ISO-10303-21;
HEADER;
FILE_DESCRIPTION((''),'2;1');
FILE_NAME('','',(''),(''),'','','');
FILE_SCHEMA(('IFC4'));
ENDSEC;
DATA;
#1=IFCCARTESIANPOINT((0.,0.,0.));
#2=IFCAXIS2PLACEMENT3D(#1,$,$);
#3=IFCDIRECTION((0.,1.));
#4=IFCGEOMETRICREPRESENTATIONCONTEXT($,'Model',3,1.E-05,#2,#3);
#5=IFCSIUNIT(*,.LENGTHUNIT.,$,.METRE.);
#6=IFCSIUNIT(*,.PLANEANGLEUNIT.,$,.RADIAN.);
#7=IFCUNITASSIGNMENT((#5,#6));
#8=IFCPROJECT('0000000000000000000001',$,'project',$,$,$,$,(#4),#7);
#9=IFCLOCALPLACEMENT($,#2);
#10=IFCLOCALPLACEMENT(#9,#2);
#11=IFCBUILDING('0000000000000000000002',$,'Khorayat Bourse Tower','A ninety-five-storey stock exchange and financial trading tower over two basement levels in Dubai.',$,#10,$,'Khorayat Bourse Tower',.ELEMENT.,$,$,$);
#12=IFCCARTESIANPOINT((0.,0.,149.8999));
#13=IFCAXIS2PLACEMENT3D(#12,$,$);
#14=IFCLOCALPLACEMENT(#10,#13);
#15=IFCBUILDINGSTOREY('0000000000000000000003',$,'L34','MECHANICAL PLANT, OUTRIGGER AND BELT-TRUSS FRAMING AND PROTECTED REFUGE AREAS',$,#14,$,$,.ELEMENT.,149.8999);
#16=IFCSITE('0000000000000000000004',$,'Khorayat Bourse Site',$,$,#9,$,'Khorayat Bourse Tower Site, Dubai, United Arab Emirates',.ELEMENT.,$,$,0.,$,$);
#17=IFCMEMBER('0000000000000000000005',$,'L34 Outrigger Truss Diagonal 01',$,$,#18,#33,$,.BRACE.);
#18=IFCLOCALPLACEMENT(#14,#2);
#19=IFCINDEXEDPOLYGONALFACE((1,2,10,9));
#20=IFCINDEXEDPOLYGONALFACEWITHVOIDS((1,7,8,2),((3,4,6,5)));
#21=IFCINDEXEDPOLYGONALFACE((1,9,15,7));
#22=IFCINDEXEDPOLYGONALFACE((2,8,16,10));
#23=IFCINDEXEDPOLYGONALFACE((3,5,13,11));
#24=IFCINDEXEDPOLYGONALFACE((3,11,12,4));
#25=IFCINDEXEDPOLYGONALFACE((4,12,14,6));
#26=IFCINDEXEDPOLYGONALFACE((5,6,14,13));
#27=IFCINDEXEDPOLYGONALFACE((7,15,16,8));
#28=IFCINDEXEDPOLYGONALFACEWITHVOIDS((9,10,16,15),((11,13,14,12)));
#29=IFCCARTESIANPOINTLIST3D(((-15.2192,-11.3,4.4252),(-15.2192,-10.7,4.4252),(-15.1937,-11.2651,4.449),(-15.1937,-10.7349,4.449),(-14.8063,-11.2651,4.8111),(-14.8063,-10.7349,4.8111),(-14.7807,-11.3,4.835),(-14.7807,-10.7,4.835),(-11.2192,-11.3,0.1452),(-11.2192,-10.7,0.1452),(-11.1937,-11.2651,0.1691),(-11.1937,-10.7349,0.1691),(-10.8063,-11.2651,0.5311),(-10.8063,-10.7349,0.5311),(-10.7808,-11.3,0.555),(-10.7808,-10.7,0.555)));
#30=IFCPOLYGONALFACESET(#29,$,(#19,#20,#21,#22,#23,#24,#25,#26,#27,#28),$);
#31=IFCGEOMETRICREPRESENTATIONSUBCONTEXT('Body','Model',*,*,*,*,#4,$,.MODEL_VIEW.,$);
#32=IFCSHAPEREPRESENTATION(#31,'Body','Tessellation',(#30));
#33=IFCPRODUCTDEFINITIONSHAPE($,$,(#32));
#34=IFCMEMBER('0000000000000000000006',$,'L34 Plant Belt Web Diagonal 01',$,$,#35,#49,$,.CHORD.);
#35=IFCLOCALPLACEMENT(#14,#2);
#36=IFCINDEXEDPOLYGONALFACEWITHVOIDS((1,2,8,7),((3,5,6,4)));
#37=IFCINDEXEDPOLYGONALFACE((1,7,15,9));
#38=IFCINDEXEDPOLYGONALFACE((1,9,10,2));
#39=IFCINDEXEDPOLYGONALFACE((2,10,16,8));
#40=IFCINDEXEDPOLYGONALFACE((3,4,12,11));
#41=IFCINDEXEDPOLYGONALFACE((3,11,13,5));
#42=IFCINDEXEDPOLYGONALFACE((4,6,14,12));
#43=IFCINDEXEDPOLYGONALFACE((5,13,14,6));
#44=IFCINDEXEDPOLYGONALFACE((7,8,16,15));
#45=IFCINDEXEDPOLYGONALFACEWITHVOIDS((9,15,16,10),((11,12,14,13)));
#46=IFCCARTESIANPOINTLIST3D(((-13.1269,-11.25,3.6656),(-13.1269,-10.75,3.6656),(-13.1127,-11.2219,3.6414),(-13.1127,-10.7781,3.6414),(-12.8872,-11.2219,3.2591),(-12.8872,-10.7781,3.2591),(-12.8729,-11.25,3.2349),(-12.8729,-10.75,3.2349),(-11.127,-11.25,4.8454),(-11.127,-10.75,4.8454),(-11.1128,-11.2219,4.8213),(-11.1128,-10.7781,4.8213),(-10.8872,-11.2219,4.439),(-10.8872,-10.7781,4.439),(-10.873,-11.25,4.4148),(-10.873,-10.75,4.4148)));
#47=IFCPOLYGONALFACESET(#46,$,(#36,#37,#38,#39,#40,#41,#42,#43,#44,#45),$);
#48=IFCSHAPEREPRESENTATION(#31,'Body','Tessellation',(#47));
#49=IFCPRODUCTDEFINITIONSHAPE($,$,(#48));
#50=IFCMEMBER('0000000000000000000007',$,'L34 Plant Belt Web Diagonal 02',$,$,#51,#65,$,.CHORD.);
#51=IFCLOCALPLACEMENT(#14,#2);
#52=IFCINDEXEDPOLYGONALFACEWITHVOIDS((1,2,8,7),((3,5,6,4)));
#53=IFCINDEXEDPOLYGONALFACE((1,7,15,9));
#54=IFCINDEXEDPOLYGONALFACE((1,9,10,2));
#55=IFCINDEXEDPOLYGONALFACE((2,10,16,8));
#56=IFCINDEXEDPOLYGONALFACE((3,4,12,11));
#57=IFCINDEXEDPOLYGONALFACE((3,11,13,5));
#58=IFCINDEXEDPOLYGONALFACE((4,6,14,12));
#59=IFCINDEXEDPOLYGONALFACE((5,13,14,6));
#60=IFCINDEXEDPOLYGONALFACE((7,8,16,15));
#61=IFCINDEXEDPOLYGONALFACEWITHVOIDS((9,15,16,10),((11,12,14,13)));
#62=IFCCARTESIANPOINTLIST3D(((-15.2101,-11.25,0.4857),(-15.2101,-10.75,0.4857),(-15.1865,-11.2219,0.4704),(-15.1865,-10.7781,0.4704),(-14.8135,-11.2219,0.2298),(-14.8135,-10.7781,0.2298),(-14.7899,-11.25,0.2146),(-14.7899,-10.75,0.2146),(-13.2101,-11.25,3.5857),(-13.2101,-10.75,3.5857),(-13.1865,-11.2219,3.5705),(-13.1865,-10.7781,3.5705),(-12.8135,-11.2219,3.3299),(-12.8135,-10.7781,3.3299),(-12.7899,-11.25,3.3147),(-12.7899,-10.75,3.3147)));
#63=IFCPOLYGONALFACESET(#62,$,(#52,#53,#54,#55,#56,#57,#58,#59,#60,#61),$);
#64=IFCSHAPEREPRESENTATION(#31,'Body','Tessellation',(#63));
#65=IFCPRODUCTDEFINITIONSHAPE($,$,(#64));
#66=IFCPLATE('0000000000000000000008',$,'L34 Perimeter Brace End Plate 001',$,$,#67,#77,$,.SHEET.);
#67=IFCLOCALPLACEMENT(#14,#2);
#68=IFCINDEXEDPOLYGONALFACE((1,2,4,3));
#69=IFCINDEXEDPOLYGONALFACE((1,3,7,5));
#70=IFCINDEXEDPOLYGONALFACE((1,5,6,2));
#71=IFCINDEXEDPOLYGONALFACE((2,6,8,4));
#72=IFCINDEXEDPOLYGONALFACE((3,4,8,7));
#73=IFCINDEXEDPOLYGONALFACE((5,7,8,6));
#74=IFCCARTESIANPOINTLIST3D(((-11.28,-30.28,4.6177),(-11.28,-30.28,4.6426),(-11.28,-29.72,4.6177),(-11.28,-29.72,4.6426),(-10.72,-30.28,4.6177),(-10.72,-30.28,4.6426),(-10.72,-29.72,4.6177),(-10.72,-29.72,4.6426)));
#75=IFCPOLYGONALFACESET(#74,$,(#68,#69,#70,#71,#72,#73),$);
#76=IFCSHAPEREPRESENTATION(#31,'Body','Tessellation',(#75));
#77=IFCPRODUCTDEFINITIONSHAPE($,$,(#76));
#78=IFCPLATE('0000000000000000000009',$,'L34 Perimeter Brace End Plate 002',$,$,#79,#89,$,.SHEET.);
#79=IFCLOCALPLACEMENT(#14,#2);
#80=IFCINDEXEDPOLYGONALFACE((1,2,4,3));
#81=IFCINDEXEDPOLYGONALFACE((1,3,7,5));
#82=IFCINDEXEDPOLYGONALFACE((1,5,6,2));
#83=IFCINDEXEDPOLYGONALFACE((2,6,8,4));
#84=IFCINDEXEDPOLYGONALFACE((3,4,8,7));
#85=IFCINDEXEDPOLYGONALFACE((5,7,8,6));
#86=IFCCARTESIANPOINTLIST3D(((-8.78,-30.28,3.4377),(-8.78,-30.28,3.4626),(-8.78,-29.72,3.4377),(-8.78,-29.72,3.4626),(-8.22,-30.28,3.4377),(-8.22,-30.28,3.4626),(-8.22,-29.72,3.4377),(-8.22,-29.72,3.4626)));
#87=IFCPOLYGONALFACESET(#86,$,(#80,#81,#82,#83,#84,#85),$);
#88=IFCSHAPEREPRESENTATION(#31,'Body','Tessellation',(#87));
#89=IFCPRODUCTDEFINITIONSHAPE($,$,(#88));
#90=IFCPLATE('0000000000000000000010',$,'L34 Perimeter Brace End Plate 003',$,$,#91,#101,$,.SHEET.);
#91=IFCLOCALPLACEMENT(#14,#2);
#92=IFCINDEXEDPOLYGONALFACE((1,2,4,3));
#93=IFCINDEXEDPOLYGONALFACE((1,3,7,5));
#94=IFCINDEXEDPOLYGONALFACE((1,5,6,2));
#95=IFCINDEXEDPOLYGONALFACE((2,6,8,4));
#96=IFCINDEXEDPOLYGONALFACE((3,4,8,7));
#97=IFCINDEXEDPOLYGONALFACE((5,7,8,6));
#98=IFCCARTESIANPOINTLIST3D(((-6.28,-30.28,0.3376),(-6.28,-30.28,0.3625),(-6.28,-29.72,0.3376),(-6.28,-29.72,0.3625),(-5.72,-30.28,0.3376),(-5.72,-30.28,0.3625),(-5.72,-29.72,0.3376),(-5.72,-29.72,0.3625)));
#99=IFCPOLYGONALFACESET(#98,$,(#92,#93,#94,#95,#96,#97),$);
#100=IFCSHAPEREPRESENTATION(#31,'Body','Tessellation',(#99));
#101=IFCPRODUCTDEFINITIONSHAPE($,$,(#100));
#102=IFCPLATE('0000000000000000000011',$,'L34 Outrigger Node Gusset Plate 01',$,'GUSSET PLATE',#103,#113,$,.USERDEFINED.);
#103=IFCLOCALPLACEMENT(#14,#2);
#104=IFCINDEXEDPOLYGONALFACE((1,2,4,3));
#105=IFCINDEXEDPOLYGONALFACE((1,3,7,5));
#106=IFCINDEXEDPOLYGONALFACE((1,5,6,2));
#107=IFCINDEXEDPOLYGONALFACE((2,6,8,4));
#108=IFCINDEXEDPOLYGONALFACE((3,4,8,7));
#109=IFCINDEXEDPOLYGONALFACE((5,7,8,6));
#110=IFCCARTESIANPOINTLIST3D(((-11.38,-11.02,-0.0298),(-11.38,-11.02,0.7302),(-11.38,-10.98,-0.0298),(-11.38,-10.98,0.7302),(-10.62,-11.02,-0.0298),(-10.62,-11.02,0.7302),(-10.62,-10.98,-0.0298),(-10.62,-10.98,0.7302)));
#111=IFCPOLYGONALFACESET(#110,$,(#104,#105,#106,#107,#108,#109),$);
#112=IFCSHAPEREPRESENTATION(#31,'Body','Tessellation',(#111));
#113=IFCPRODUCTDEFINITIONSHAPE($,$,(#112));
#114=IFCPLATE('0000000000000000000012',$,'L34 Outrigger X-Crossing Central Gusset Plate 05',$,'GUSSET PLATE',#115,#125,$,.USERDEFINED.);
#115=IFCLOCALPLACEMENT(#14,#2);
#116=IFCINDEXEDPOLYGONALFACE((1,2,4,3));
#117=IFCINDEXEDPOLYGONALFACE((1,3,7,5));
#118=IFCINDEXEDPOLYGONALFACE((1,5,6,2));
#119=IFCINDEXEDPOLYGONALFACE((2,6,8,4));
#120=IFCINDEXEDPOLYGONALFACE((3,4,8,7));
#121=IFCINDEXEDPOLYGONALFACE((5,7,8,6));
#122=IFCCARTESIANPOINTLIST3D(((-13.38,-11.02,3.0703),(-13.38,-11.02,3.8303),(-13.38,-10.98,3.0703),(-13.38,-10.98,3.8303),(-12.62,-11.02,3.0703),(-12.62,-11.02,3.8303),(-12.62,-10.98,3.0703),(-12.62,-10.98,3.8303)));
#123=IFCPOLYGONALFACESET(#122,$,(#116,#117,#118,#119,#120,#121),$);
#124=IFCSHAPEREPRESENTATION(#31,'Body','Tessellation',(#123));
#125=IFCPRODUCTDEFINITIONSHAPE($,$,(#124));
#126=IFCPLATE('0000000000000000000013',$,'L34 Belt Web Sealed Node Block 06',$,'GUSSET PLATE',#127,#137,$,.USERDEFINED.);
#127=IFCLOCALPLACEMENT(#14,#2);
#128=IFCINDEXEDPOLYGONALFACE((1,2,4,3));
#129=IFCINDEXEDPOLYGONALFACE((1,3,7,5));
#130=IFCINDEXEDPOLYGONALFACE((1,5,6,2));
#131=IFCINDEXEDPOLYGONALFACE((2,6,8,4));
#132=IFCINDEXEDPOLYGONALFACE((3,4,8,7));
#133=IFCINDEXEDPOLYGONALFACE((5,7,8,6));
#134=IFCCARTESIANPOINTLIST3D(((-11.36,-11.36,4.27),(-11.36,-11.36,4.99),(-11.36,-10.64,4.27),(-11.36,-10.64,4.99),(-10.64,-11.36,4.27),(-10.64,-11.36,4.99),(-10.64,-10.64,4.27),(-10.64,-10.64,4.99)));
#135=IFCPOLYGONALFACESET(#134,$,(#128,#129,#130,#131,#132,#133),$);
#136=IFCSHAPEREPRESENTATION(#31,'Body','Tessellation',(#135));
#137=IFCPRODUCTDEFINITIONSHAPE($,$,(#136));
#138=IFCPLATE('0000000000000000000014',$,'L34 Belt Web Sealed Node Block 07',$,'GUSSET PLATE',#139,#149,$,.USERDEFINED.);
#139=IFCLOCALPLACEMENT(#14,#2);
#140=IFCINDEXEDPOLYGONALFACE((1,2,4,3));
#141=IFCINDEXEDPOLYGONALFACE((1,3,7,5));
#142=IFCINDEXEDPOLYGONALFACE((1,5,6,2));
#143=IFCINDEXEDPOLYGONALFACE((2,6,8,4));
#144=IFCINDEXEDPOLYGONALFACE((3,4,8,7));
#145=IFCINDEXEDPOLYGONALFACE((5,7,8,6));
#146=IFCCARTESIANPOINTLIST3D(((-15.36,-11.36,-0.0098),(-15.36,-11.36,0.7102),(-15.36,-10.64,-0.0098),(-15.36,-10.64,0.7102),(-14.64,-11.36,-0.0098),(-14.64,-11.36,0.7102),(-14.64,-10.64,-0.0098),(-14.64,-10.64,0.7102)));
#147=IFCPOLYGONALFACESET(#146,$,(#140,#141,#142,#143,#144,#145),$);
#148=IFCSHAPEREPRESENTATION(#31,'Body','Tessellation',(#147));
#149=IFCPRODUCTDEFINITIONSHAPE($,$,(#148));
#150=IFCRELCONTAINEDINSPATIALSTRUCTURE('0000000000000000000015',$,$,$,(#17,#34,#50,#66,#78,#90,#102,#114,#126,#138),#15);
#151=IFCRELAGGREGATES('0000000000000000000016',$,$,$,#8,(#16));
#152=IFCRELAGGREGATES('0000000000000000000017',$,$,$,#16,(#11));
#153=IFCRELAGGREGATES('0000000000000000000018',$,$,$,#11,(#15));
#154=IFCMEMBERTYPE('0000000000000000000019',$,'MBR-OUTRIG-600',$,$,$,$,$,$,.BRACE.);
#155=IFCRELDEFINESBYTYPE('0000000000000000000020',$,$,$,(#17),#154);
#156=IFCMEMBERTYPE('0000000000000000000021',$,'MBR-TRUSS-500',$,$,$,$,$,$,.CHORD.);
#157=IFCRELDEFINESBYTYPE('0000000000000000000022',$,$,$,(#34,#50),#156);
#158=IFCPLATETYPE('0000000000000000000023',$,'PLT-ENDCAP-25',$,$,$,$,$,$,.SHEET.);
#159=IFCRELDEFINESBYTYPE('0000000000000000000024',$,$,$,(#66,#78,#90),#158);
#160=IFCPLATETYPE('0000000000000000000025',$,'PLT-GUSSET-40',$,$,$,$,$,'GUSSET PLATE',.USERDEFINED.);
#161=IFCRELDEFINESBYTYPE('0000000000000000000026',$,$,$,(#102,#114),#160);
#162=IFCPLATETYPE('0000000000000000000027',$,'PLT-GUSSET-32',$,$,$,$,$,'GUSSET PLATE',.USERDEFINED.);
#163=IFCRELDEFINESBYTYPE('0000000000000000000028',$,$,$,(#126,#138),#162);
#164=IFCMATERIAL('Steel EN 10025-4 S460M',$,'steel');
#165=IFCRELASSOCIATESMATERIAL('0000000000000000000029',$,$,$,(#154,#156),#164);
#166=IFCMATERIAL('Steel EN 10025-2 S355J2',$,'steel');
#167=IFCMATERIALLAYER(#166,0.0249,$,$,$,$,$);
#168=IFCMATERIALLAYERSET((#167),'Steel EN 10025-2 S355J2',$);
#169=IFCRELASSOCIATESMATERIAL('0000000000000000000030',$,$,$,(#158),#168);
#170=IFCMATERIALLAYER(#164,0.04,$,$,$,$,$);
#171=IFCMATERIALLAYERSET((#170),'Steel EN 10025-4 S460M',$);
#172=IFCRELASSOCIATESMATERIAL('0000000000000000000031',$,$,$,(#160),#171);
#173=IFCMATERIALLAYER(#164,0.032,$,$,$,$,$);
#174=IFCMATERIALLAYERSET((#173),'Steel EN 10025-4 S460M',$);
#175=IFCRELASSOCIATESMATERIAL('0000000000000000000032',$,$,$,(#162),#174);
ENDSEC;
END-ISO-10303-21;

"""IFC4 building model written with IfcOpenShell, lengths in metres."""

from ifc_helpers import new_model, si_unit, direction, frame, origin, origin_2d, place, context, subcontext, project, spatial, rectangle, hollow_rectangle, extrude, source, transform, mapped, material, layer, layer_set, material_profile, profile_set, type_object, element, save


model = new_model("IFC4")

# Units and contexts
model_context = context("Model", 3, precision=1e-05, world=origin(), true_north=direction((0.0, 1.0)))
body_context = subcontext(model_context, "Body", "Model", "MODEL_VIEW")
ifc_project = project(units=[si_unit("LENGTHUNIT", "METRE"), si_unit("PLANEANGLEUNIT", "RADIAN")], contexts=[model_context])

# Site, building, storey
site_placement = place(None, origin())
site = spatial("IfcSite", under=ifc_project, at=site_placement, Name="Khorayat Bourse Site", LongName="Khorayat Bourse Tower Site, Dubai, United Arab Emirates", CompositionType="ELEMENT", RefElevation=0.0)
building_placement = place(site_placement, origin())
building = spatial("IfcBuilding", under=site, at=building_placement, Name="Khorayat Bourse Tower", Description="A ninety-five-storey stock exchange and financial trading tower over two basement levels in Dubai.", LongName="Khorayat Bourse Tower", CompositionType="ELEMENT")
storey_placement = place(building_placement, frame((0.0, 0.0, 149.8999)))
storey = spatial("IfcBuildingStorey", under=building, at=storey_placement, Name="L34", Description="MECHANICAL PLANT, OUTRIGGER AND BELT-TRUSS FRAMING AND PROTECTED REFUGE AREAS", CompositionType="ELEMENT", Elevation=149.8999)

# Shared definitions
ifc_material_1 = material(Name="Steel EN 10025-4 S460M", Category="steel")

# Members
ifc_material_profile_1 = material_profile(ifc_material_1, hollow_rectangle(XDim=0.6001, YDim=0.6001, WallThickness=0.0349, at=origin_2d()), Name="BOX 600x600x35")
ifc_profile_set_1 = profile_set([ifc_material_profile_1], Name="Steel EN 10025-4 S460M")
member_type_1 = type_object("IfcMemberType", Name="MBR-OUTRIG-600", PredefinedType="BRACE", material=ifc_profile_set_1)
shared_shape_1 = source(origin(), body_context, "Body", "SweptSolid", [
    extrude(hollow_rectangle(XDim=0.6001, YDim=0.6001, WallThickness=0.0349, at=origin_2d()), origin(), (0.0, 0.0, 1.0), 5.8582),
])
member_1_placement = place(storey_placement, frame((-11.0, -11.0, 0.3501), z_axis=(-0.682802, 0.0, 0.730603), x_axis=(0.0, -1.0, 0.0)))
element("IfcMember", 1, at=member_1_placement, inside=storey, type_object=member_type_1, Name="L34 Outrigger Truss Diagonal 01", PredefinedType="BRACE", context=body_context, shape_type="MappedRepresentation", body=[
    mapped(shared_shape_1, transform((0.0, 0.0, 0.0), scale=1.0)),
])
ifc_material_profile_2 = material_profile(ifc_material_1, hollow_rectangle(XDim=0.5, YDim=0.5, WallThickness=0.0281, at=origin_2d()), Name="HSS 500x500x28")
ifc_profile_set_2 = profile_set([ifc_material_profile_2], Name="Steel EN 10025-4 S460M")
member_type_2 = type_object("IfcMemberType", Name="MBR-TRUSS-500", PredefinedType="CHORD", material=ifc_profile_set_2)
shared_shape_2 = source(origin(), body_context, "Body", "SweptSolid", [
    extrude(hollow_rectangle(XDim=0.5, YDim=0.5, WallThickness=0.0281, at=origin_2d()), origin(), (0.0, 0.0, 1.0), 2.322),
])
member_2_placement = place(storey_placement, frame((-11.0, -11.0, 4.6301), z_axis=(-0.861282, 0.0, -0.508127), x_axis=(0.0, -1.0, 0.0)))
element("IfcMember", 2, at=member_2_placement, inside=storey, type_object=member_type_2, Name="L34 Plant Belt Web Diagonal 01", PredefinedType="CHORD", context=body_context, shape_type="MappedRepresentation", body=[
    mapped(shared_shape_2, transform((0.0, 0.0, 0.0), scale=1.0)),
])
shared_shape_3 = source(origin(), body_context, "Body", "SweptSolid", [
    extrude(hollow_rectangle(XDim=0.5, YDim=0.5, WallThickness=0.0281, at=origin_2d()), origin(), (0.0, 0.0, 1.0), 3.6892),
])
member_3_placement = place(storey_placement, frame((-13.0, -11.0, 3.4502), z_axis=(-0.542115, 0.0, -0.840304), x_axis=(0.0, -1.0, 0.0)))
element("IfcMember", 3, at=member_3_placement, inside=storey, type_object=member_type_2, Name="L34 Plant Belt Web Diagonal 02", PredefinedType="CHORD", context=body_context, shape_type="MappedRepresentation", body=[
    mapped(shared_shape_3, transform((0.0, 0.0, 0.0), scale=1.0)),
])

# Plates
ifc_material_2 = material(Name="Steel EN 10025-2 S355J2", Category="steel")
ifc_layer_1 = layer(ifc_material_2, 0.0249)
ifc_layer_set_1 = layer_set([ifc_layer_1], Name="Steel EN 10025-2 S355J2")
plate_type_1 = type_object("IfcPlateType", Name="PLT-ENDCAP-25", PredefinedType="SHEET", material=ifc_layer_set_1)
shared_shape_4 = source(origin(), body_context, "Body", "SweptSolid", [
    extrude(rectangle(XDim=0.5601, YDim=0.5601, at=origin_2d()), origin(), (0.0, 0.0, 1.0), 0.0249),
])
for number, where, z_axis, x_axis, name in (
    (4, (-11.0, -30.0, 4.6177), (0.0, 0.0, 1.0), (1.0, 0.0, 0.0), "L34 Perimeter Brace End Plate 001"),
    (5, (-8.5, -30.0, 3.4377), (0.0, 0.0, 1.0), (1.0, 0.0, 0.0), "L34 Perimeter Brace End Plate 002"),
    (6, (-6.0, -30.0, 0.3376), (0.0, 0.0, 1.0), (1.0, 0.0, 0.0), "L34 Perimeter Brace End Plate 003"),
):
    element("IfcPlate", number, at=place(storey_placement, frame(where, z_axis=z_axis, x_axis=x_axis)), inside=storey, type_object=plate_type_1, Name=name, PredefinedType="SHEET", context=body_context, shape_type="MappedRepresentation", body=[
        mapped(shared_shape_4, transform((0.0, 0.0, 0.0), scale=1.0)),
    ])
ifc_layer_2 = layer(ifc_material_1, 0.04)
ifc_layer_set_2 = layer_set([ifc_layer_2], Name="Steel EN 10025-4 S460M")
plate_type_2 = type_object("IfcPlateType", Name="PLT-GUSSET-40", ElementType="GUSSET PLATE", PredefinedType="USERDEFINED", material=ifc_layer_set_2)
shared_shape_5 = source(origin(), body_context, "Body", "SweptSolid", [
    extrude(rectangle(XDim=0.76, YDim=0.04, at=origin_2d()), origin(), (0.0, 0.0, 1.0), 0.76),
])
for number, where, z_axis, x_axis, name in (
    (7, (-11.0, -11.0, -0.0298), (0.0, 0.0, 1.0), (1.0, 0.0, 0.0), "L34 Outrigger Node Gusset Plate 01"),
    (8, (-13.0, -11.0, 3.0703), (0.0, 0.0, 1.0), (1.0, 0.0, 0.0), "L34 Outrigger X-Crossing Central Gusset Plate 05"),
):
    element("IfcPlate", number, at=place(storey_placement, frame(where, z_axis=z_axis, x_axis=x_axis)), inside=storey, type_object=plate_type_2, Name=name, ObjectType="GUSSET PLATE", PredefinedType="USERDEFINED", context=body_context, shape_type="MappedRepresentation", body=[
        mapped(shared_shape_5, transform((0.0, 0.0, 0.0), scale=1.0)),
    ])
ifc_layer_3 = layer(ifc_material_1, 0.032)
ifc_layer_set_3 = layer_set([ifc_layer_3], Name="Steel EN 10025-4 S460M")
plate_type_3 = type_object("IfcPlateType", Name="PLT-GUSSET-32", ElementType="GUSSET PLATE", PredefinedType="USERDEFINED", material=ifc_layer_set_3)
shared_shape_6 = source(origin(), body_context, "Body", "SweptSolid", [
    extrude(rectangle(XDim=0.72, YDim=0.72, at=origin_2d()), origin(), (0.0, 0.0, 1.0), 0.72),
])
for number, where, z_axis, x_axis, name in (
    (9, (-11.0, -11.0, 4.27), (0.0, 0.0, 1.0), (1.0, 0.0, 0.0), "L34 Belt Web Sealed Node Block 06"),
    (10, (-15.0, -11.0, -0.0098), (0.0, 0.0, 1.0), (1.0, 0.0, 0.0), "L34 Belt Web Sealed Node Block 07"),
):
    element("IfcPlate", number, at=place(storey_placement, frame(where, z_axis=z_axis, x_axis=x_axis)), inside=storey, type_object=plate_type_3, Name=name, ObjectType="GUSSET PLATE", PredefinedType="USERDEFINED", context=body_context, shape_type="MappedRepresentation", body=[
        mapped(shared_shape_6, transform((0.0, 0.0, 0.0), scale=1.0)),
    ])

save(model, "model.ifc")
